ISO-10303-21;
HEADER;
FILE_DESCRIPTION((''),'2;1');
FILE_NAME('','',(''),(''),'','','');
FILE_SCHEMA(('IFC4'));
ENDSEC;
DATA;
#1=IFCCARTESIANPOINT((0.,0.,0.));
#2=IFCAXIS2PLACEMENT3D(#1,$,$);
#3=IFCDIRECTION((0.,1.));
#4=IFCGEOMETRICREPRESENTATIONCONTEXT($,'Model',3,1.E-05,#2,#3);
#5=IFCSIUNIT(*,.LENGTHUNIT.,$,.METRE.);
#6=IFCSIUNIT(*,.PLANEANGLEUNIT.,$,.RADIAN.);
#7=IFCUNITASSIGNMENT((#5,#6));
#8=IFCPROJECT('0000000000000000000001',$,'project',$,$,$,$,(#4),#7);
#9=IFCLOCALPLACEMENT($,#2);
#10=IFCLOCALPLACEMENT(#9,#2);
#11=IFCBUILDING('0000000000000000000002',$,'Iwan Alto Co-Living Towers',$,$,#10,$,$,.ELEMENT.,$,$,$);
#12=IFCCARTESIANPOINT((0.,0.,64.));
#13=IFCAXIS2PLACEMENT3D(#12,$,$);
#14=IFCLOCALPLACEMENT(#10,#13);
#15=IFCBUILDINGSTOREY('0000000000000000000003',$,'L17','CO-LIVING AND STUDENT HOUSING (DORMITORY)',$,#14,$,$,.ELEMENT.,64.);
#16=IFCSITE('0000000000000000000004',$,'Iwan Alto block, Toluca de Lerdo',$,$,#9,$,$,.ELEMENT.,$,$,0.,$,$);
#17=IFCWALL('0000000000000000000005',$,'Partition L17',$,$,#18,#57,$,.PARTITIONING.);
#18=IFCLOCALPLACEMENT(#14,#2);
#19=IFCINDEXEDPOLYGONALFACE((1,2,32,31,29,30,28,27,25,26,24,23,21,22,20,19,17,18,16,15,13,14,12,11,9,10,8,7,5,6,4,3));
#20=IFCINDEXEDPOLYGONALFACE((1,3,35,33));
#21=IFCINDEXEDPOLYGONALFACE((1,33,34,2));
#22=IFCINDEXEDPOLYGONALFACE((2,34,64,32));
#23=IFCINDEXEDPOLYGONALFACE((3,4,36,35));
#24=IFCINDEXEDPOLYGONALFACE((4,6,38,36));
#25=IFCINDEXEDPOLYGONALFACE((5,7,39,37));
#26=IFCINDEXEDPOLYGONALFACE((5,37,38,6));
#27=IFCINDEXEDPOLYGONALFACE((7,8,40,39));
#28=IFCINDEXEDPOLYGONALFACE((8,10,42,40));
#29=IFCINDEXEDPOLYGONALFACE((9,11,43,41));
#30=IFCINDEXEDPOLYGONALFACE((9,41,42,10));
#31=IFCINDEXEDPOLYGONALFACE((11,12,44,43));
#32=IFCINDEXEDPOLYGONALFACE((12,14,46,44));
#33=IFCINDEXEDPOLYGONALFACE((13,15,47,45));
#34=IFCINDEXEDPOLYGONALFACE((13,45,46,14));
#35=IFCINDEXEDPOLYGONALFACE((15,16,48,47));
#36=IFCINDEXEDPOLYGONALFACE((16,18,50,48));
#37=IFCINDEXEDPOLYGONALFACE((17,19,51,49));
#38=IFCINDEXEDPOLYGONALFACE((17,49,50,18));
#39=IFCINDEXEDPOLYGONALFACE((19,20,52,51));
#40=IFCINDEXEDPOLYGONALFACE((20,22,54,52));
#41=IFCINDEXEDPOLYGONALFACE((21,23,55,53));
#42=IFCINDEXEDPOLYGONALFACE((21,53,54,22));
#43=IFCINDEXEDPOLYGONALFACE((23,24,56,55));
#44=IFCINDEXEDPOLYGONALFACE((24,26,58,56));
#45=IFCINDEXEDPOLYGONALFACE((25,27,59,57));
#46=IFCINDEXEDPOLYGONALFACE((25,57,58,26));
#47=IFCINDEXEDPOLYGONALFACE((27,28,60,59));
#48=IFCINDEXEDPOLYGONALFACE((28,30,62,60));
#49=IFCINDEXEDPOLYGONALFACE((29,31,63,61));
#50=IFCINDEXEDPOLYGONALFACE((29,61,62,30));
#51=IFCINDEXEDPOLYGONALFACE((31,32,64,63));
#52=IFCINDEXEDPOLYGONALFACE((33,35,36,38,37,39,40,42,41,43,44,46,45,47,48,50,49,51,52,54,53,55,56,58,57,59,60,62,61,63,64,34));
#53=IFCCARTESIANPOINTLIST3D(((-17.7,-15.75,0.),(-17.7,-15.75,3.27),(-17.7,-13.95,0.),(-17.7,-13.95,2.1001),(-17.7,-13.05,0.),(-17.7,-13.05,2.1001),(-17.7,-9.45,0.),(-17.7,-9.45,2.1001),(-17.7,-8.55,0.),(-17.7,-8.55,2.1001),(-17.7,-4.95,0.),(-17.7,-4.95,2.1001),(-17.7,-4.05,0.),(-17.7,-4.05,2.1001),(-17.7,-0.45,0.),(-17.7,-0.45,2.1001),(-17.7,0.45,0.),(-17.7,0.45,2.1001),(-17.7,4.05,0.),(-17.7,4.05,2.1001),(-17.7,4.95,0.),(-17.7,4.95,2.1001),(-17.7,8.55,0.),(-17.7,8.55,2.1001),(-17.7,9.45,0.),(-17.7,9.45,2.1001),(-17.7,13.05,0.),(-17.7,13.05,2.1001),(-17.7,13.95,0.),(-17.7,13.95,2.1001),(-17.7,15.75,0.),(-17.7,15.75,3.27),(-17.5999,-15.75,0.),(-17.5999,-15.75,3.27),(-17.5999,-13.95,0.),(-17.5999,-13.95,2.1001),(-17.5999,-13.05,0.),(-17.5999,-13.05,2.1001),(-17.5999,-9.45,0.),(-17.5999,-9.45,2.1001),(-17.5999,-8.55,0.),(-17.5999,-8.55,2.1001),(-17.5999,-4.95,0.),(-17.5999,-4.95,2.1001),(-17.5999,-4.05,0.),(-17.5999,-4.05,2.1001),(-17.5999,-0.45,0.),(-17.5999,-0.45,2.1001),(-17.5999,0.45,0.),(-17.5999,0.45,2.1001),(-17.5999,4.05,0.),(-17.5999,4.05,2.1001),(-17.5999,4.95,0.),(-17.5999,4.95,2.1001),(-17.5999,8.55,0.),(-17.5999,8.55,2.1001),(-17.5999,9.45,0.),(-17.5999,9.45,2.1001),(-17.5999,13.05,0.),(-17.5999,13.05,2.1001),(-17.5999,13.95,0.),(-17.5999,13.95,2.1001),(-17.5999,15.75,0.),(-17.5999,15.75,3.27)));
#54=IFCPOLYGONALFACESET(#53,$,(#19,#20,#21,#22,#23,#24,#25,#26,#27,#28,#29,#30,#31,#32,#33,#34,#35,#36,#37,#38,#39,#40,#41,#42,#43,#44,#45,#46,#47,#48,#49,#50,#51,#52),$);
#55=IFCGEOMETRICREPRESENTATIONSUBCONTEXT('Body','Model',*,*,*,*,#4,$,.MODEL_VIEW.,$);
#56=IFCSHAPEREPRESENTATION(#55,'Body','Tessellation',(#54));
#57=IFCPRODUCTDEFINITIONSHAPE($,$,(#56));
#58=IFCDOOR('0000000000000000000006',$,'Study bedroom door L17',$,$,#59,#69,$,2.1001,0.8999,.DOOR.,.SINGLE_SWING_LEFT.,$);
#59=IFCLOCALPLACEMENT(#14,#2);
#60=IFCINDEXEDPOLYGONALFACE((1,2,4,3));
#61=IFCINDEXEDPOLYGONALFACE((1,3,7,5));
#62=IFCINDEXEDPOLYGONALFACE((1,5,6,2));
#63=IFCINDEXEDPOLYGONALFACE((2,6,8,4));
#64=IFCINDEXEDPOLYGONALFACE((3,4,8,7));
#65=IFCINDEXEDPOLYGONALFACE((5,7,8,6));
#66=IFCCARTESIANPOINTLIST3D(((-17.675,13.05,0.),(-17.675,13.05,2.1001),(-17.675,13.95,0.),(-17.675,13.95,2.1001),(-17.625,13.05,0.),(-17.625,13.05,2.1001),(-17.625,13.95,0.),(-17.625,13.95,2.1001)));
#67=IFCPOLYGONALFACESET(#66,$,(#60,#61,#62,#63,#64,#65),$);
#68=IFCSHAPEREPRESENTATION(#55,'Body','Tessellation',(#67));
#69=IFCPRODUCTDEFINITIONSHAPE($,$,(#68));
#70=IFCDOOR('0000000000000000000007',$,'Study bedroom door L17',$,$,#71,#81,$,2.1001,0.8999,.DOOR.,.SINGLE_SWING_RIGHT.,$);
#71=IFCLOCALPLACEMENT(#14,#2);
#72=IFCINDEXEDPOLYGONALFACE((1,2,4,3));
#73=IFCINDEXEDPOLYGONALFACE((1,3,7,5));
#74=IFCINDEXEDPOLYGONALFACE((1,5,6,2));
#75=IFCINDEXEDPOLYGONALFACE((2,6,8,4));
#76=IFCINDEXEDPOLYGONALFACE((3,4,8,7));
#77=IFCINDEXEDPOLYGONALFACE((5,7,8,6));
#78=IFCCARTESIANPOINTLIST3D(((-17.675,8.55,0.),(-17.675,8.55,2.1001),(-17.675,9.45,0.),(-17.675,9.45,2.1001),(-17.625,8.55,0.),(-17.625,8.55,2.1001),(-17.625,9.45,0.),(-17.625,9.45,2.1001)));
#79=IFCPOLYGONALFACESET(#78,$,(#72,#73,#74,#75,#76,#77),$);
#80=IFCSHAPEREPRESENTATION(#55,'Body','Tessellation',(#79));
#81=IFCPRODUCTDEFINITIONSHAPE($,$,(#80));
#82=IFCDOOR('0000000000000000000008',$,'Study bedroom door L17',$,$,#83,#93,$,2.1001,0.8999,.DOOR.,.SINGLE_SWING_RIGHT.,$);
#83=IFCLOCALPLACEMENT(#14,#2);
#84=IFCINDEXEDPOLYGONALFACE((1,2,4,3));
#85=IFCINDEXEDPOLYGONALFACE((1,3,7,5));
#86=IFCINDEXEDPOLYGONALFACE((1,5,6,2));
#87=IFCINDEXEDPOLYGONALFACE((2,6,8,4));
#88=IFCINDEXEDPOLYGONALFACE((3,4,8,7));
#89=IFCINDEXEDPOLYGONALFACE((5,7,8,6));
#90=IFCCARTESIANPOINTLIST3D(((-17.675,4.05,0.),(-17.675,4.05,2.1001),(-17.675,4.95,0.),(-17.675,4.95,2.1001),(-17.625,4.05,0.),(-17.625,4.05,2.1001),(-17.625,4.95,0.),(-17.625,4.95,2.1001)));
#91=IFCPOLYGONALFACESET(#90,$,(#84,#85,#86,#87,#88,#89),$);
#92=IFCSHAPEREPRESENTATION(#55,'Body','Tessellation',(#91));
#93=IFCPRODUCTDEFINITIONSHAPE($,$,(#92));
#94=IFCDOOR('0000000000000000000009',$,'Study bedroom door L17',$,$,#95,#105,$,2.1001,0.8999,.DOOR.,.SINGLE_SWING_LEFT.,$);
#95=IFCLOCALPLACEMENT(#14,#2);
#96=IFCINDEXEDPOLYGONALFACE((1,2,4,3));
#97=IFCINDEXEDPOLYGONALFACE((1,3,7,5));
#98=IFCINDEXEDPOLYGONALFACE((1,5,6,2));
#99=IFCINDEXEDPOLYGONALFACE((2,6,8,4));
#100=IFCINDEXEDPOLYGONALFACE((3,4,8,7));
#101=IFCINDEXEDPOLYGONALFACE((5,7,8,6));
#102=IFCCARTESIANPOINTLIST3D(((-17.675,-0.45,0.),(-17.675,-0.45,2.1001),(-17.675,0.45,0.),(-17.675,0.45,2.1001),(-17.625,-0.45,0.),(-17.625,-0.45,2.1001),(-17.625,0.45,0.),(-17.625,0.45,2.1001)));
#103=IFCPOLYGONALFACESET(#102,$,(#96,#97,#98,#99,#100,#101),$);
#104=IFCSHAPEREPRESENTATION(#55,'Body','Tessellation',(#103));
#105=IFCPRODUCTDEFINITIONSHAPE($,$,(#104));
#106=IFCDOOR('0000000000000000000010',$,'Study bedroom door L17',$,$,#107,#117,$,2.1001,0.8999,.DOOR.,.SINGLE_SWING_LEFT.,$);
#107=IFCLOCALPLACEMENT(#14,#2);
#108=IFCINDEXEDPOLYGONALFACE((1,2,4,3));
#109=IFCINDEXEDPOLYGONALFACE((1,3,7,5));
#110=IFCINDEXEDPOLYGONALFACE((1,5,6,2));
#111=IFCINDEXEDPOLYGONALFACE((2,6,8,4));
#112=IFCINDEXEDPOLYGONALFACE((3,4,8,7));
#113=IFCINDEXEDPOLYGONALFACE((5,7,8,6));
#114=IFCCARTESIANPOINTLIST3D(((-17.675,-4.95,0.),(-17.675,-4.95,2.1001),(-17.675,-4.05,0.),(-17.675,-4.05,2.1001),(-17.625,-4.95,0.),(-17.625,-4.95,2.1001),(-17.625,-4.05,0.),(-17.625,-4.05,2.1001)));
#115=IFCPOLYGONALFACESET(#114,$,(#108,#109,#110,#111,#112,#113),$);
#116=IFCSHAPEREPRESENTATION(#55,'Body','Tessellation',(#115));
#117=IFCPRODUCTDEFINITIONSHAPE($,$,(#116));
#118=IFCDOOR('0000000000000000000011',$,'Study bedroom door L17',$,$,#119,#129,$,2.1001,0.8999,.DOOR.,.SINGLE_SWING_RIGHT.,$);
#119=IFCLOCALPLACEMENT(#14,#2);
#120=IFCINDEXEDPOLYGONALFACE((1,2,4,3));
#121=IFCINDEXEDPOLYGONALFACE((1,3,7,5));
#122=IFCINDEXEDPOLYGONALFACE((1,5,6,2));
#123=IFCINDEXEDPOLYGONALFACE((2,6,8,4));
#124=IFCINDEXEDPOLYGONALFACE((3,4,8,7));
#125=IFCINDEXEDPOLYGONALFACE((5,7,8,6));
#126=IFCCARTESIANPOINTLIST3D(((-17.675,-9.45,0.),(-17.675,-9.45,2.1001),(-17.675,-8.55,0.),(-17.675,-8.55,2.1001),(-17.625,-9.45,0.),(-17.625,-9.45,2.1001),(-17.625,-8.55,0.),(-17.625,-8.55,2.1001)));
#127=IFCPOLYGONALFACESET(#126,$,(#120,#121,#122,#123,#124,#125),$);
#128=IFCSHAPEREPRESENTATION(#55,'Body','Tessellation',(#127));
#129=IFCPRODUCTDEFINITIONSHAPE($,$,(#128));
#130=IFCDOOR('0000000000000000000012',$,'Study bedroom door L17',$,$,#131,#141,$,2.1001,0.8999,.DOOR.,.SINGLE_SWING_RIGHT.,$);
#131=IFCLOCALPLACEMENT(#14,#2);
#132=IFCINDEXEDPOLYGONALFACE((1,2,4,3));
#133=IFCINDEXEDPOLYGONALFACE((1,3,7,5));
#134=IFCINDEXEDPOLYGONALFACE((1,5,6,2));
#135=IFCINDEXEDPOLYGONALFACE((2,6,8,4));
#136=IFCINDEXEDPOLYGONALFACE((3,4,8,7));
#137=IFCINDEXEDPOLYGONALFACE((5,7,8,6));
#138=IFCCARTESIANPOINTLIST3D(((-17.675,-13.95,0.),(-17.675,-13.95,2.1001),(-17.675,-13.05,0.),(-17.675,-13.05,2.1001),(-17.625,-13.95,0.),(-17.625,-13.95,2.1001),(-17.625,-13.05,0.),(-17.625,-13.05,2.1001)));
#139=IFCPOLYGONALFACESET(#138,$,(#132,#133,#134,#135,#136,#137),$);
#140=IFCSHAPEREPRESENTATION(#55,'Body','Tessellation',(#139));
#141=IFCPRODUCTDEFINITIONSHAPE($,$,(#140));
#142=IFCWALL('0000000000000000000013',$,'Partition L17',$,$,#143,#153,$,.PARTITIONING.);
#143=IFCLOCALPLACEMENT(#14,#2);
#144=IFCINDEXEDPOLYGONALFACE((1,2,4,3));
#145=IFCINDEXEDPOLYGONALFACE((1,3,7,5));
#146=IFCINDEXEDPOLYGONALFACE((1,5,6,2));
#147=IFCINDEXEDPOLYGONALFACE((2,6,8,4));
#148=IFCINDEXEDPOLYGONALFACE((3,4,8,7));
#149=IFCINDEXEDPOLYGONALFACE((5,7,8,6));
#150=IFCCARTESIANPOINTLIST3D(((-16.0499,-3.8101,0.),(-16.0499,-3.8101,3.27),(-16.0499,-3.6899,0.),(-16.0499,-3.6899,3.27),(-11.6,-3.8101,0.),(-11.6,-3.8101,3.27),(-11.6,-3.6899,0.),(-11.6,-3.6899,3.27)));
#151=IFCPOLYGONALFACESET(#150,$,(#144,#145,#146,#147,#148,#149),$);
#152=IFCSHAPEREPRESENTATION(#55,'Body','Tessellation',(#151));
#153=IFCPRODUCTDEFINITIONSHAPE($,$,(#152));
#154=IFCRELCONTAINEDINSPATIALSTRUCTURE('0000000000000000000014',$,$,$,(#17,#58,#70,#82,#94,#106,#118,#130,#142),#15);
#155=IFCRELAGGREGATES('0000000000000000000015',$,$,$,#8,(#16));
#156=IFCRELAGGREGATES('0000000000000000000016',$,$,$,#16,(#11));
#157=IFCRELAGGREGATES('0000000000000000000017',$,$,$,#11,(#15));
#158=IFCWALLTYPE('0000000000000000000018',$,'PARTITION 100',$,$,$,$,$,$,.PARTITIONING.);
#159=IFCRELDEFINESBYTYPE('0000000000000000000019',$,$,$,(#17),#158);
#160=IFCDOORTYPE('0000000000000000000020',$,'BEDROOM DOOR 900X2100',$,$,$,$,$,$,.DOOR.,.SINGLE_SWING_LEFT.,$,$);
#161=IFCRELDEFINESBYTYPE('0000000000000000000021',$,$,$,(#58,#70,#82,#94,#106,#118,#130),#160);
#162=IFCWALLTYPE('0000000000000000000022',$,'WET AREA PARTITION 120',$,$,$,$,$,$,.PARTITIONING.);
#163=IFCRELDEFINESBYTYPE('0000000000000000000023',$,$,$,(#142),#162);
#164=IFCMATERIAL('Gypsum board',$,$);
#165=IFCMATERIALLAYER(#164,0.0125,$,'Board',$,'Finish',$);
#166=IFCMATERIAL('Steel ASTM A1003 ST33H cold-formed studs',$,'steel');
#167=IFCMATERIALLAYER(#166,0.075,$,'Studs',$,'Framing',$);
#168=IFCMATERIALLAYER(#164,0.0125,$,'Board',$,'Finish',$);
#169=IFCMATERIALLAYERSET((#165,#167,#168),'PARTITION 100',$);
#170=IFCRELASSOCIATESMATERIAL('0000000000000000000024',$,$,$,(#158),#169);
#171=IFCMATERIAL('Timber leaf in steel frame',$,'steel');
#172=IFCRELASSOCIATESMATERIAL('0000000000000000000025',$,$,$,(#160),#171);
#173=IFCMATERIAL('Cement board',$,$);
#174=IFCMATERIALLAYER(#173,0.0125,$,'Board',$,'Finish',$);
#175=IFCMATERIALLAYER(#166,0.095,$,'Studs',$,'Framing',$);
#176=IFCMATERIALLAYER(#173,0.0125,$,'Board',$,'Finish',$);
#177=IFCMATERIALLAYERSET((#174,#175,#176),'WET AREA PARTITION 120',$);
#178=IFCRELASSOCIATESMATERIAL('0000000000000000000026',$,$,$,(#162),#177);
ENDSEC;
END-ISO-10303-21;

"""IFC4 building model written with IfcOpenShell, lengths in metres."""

from ifc_helpers import new_model, si_unit, direction, frame, frame_2d, origin, place, context, subcontext, project, spatial, rectangle, extrude, material, layer, layer_set, type_object, element, fill, save


model = new_model("IFC4")

# Units and contexts
model_context = context("Model", 3, precision=1e-05, world=origin(), true_north=direction((0.0, 1.0)))
body_context = subcontext(model_context, "Body", "Model", "MODEL_VIEW")
ifc_project = project(units=[si_unit("LENGTHUNIT", "METRE"), si_unit("PLANEANGLEUNIT", "RADIAN")], contexts=[model_context])

# Site, building, storey
site_placement = place(None, origin())
site = spatial("IfcSite", under=ifc_project, at=site_placement, Name="Iwan Alto block, Toluca de Lerdo", CompositionType="ELEMENT", RefElevation=0.0)
building_placement = place(site_placement, origin())
building = spatial("IfcBuilding", under=site, at=building_placement, Name="Iwan Alto Co-Living Towers", CompositionType="ELEMENT")
storey_placement = place(building_placement, frame((0.0, 0.0, 64.0)))
storey = spatial("IfcBuildingStorey", under=building, at=storey_placement, Name="L17", Description="CO-LIVING AND STUDENT HOUSING (DORMITORY)", CompositionType="ELEMENT", Elevation=64.0)

# Shared definitions
ifc_material_1 = material(Name="Gypsum board")
ifc_layer_1 = layer(ifc_material_1, 0.0125, Name="Board", Category="Finish")
ifc_material_2 = material(Name="Steel ASTM A1003 ST33H cold-formed studs", Category="steel")
ifc_layer_2 = layer(ifc_material_2, 0.075, Name="Studs", Category="Framing")
ifc_layer_3 = layer(ifc_material_1, 0.0125, Name="Board", Category="Finish")
ifc_layer_set_1 = layer_set([ifc_layer_1, ifc_layer_2, ifc_layer_3], Name="PARTITION 100")
wall_type_1 = type_object("IfcWallType", Name="PARTITION 100", PredefinedType="PARTITIONING", material=ifc_layer_set_1)

# Wall, openings, doors
wall_1_placement = place(storey_placement, frame((-17.6499, -15.75, 0.0), z_axis=(0.0, 0.0, 1.0), x_axis=(0.0, 1.0, 0.0)))
wall_1 = element("IfcWall", 1, at=wall_1_placement, inside=storey, type_object=wall_type_1, Name="Partition L17", PredefinedType="PARTITIONING", context=body_context, shape_type="SweptSolid", body=[
    extrude(rectangle(XDim=31.5, YDim=0.1001, at=frame_2d((15.75, 0.0))), origin(), (0.0, 0.0, 1.0), 3.27),
])
opening_1_placement = place(wall_1_placement, frame((28.8, 0.0, 0.0)))
opening_1 = element("IfcOpeningElement", 2, at=opening_1_placement, cuts=wall_1, PredefinedType="OPENING", context=body_context, shape_type="SweptSolid", body=[
    extrude(rectangle(XDim=0.8999, YDim=2.1001, at=frame_2d((0.45, 1.05))), frame((0.0, 0.0601, 0.0), z_axis=(0.0, -1.0, 0.0), x_axis=(1.0, 0.0, 0.0)), (0.0, 0.0, 1.0), 0.1201),
])
opening_2_placement = place(wall_1_placement, frame((24.3, 0.0, 0.0)))
opening_2 = element("IfcOpeningElement", 3, at=opening_2_placement, cuts=wall_1, PredefinedType="OPENING", context=body_context, shape_type="SweptSolid", body=[
    extrude(rectangle(XDim=0.8999, YDim=2.1001, at=frame_2d((0.45, 1.05))), frame((0.0, 0.0601, 0.0), z_axis=(0.0, -1.0, 0.0), x_axis=(1.0, 0.0, 0.0)), (0.0, 0.0, 1.0), 0.1201),
])
opening_3_placement = place(wall_1_placement, frame((19.8, 0.0, 0.0)))
opening_3 = element("IfcOpeningElement", 4, at=opening_3_placement, cuts=wall_1, PredefinedType="OPENING", context=body_context, shape_type="SweptSolid", body=[
    extrude(rectangle(XDim=0.8999, YDim=2.1001, at=frame_2d((0.45, 1.05))), frame((0.0, 0.0601, 0.0), z_axis=(0.0, -1.0, 0.0), x_axis=(1.0, 0.0, 0.0)), (0.0, 0.0, 1.0), 0.1201),
])
opening_4_placement = place(wall_1_placement, frame((15.3, 0.0, 0.0)))
opening_4 = element("IfcOpeningElement", 5, at=opening_4_placement, cuts=wall_1, PredefinedType="OPENING", context=body_context, shape_type="SweptSolid", body=[
    extrude(rectangle(XDim=0.8999, YDim=2.1001, at=frame_2d((0.45, 1.05))), frame((0.0, 0.0601, 0.0), z_axis=(0.0, -1.0, 0.0), x_axis=(1.0, 0.0, 0.0)), (0.0, 0.0, 1.0), 0.1201),
])
opening_5_placement = place(wall_1_placement, frame((10.8, 0.0, 0.0)))
opening_5 = element("IfcOpeningElement", 6, at=opening_5_placement, cuts=wall_1, PredefinedType="OPENING", context=body_context, shape_type="SweptSolid", body=[
    extrude(rectangle(XDim=0.8999, YDim=2.1001, at=frame_2d((0.45, 1.05))), frame((0.0, 0.0601, 0.0), z_axis=(0.0, -1.0, 0.0), x_axis=(1.0, 0.0, 0.0)), (0.0, 0.0, 1.0), 0.1201),
])
opening_6_placement = place(wall_1_placement, frame((6.3, 0.0, 0.0)))
opening_6 = element("IfcOpeningElement", 7, at=opening_6_placement, cuts=wall_1, PredefinedType="OPENING", context=body_context, shape_type="SweptSolid", body=[
    extrude(rectangle(XDim=0.8999, YDim=2.1001, at=frame_2d((0.45, 1.05))), frame((0.0, 0.0601, 0.0), z_axis=(0.0, -1.0, 0.0), x_axis=(1.0, 0.0, 0.0)), (0.0, 0.0, 1.0), 0.1201),
])
opening_7_placement = place(wall_1_placement, frame((1.8, 0.0, 0.0)))
opening_7 = element("IfcOpeningElement", 8, at=opening_7_placement, cuts=wall_1, PredefinedType="OPENING", context=body_context, shape_type="SweptSolid", body=[
    extrude(rectangle(XDim=0.8999, YDim=2.1001, at=frame_2d((0.45, 1.05))), frame((0.0, 0.0601, 0.0), z_axis=(0.0, -1.0, 0.0), x_axis=(1.0, 0.0, 0.0)), (0.0, 0.0, 1.0), 0.1201),
])
ifc_material_3 = material(Name="Timber leaf in steel frame", Category="steel")
door_type_1 = type_object("IfcDoorType", Name="BEDROOM DOOR 900X2100", OperationType="SINGLE_SWING_LEFT", PredefinedType="DOOR", material=ifc_material_3)
door_1_placement = place(opening_1_placement, frame((0.8999, 0.0, 0.0), z_axis=(0.0, 0.0, 1.0), x_axis=(-1.0, 0.0, 0.0)))
door_1 = element("IfcDoor", 9, at=door_1_placement, inside=storey, type_object=door_type_1, Name="Study bedroom door L17", OperationType="SINGLE_SWING_LEFT", OverallHeight=2.1001, OverallWidth=0.8999, PredefinedType="DOOR", context=body_context, shape_type="SweptSolid", body=[
    extrude(rectangle(XDim=0.8999, YDim=2.1001, at=frame_2d((0.45, 1.05))), frame((0.0, 0.0249, 0.0), z_axis=(0.0, -1.0, 0.0), x_axis=(1.0, 0.0, 0.0)), (0.0, 0.0, 1.0), 0.05),
])
fill(opening_1, door_1)
door_2_placement = place(opening_2_placement, frame((0.8999, 0.0, 0.0), z_axis=(0.0, 0.0, 1.0), x_axis=(-1.0, 0.0, 0.0)))
door_2 = element("IfcDoor", 10, at=door_2_placement, inside=storey, type_object=door_type_1, Name="Study bedroom door L17", OperationType="SINGLE_SWING_RIGHT", OverallHeight=2.1001, OverallWidth=0.8999, PredefinedType="DOOR", context=body_context, shape_type="SweptSolid", body=[
    extrude(rectangle(XDim=0.8999, YDim=2.1001, at=frame_2d((0.45, 1.05))), frame((0.0, 0.0249, 0.0), z_axis=(0.0, -1.0, 0.0), x_axis=(1.0, 0.0, 0.0)), (0.0, 0.0, 1.0), 0.05),
])
fill(opening_2, door_2)
door_3_placement = place(opening_3_placement, frame((0.8999, 0.0, 0.0), z_axis=(0.0, 0.0, 1.0), x_axis=(-1.0, 0.0, 0.0)))
door_3 = element("IfcDoor", 11, at=door_3_placement, inside=storey, type_object=door_type_1, Name="Study bedroom door L17", OperationType="SINGLE_SWING_RIGHT", OverallHeight=2.1001, OverallWidth=0.8999, PredefinedType="DOOR", context=body_context, shape_type="SweptSolid", body=[
    extrude(rectangle(XDim=0.8999, YDim=2.1001, at=frame_2d((0.45, 1.05))), frame((0.0, 0.0249, 0.0), z_axis=(0.0, -1.0, 0.0), x_axis=(1.0, 0.0, 0.0)), (0.0, 0.0, 1.0), 0.05),
])
fill(opening_3, door_3)
door_4_placement = place(opening_4_placement, frame((0.8999, 0.0, 0.0), z_axis=(0.0, 0.0, 1.0), x_axis=(-1.0, 0.0, 0.0)))
door_4 = element("IfcDoor", 12, at=door_4_placement, inside=storey, type_object=door_type_1, Name="Study bedroom door L17", OperationType="SINGLE_SWING_LEFT", OverallHeight=2.1001, OverallWidth=0.8999, PredefinedType="DOOR", context=body_context, shape_type="SweptSolid", body=[
    extrude(rectangle(XDim=0.8999, YDim=2.1001, at=frame_2d((0.45, 1.05))), frame((0.0, 0.0249, 0.0), z_axis=(0.0, -1.0, 0.0), x_axis=(1.0, 0.0, 0.0)), (0.0, 0.0, 1.0), 0.05),
])
fill(opening_4, door_4)
door_5_placement = place(opening_5_placement, frame((0.8999, 0.0, 0.0), z_axis=(0.0, 0.0, 1.0), x_axis=(-1.0, 0.0, 0.0)))
door_5 = element("IfcDoor", 13, at=door_5_placement, inside=storey, type_object=door_type_1, Name="Study bedroom door L17", OperationType="SINGLE_SWING_LEFT", OverallHeight=2.1001, OverallWidth=0.8999, PredefinedType="DOOR", context=body_context, shape_type="SweptSolid", body=[
    extrude(rectangle(XDim=0.8999, YDim=2.1001, at=frame_2d((0.45, 1.05))), frame((0.0, 0.0249, 0.0), z_axis=(0.0, -1.0, 0.0), x_axis=(1.0, 0.0, 0.0)), (0.0, 0.0, 1.0), 0.05),
])
fill(opening_5, door_5)
door_6_placement = place(opening_6_placement, frame((0.8999, 0.0, 0.0), z_axis=(0.0, 0.0, 1.0), x_axis=(-1.0, 0.0, 0.0)))
door_6 = element("IfcDoor", 14, at=door_6_placement, inside=storey, type_object=door_type_1, Name="Study bedroom door L17", OperationType="SINGLE_SWING_RIGHT", OverallHeight=2.1001, OverallWidth=0.8999, PredefinedType="DOOR", context=body_context, shape_type="SweptSolid", body=[
    extrude(rectangle(XDim=0.8999, YDim=2.1001, at=frame_2d((0.45, 1.05))), frame((0.0, 0.0249, 0.0), z_axis=(0.0, -1.0, 0.0), x_axis=(1.0, 0.0, 0.0)), (0.0, 0.0, 1.0), 0.05),
])
fill(opening_6, door_6)
door_7_placement = place(opening_7_placement, frame((0.8999, 0.0, 0.0), z_axis=(0.0, 0.0, 1.0), x_axis=(-1.0, 0.0, 0.0)))
door_7 = element("IfcDoor", 15, at=door_7_placement, inside=storey, type_object=door_type_1, Name="Study bedroom door L17", OperationType="SINGLE_SWING_RIGHT", OverallHeight=2.1001, OverallWidth=0.8999, PredefinedType="DOOR", context=body_context, shape_type="SweptSolid", body=[
    extrude(rectangle(XDim=0.8999, YDim=2.1001, at=frame_2d((0.45, 1.05))), frame((0.0, 0.0249, 0.0), z_axis=(0.0, -1.0, 0.0), x_axis=(1.0, 0.0, 0.0)), (0.0, 0.0, 1.0), 0.05),
])
fill(opening_7, door_7)

# Wall
ifc_material_4 = material(Name="Cement board")
ifc_layer_4 = layer(ifc_material_4, 0.0125, Name="Board", Category="Finish")
ifc_layer_5 = layer(ifc_material_2, 0.095, Name="Studs", Category="Framing")
ifc_layer_6 = layer(ifc_material_4, 0.0125, Name="Board", Category="Finish")
ifc_layer_set_2 = layer_set([ifc_layer_4, ifc_layer_5, ifc_layer_6], Name="WET AREA PARTITION 120")
wall_type_2 = type_object("IfcWallType", Name="WET AREA PARTITION 120", PredefinedType="PARTITIONING", material=ifc_layer_set_2)
wall_2_placement = place(storey_placement, frame((-16.05, -3.75, 0.0), z_axis=(0.0, 0.0, 1.0), x_axis=(1.0, 0.0, 0.0)))
element("IfcWall", 16, at=wall_2_placement, inside=storey, type_object=wall_type_2, Name="Partition L17", PredefinedType="PARTITIONING", context=body_context, shape_type="SweptSolid", body=[
    extrude(rectangle(XDim=4.45, YDim=0.1201, at=frame_2d((2.2251, 0.0))), origin(), (0.0, 0.0, 1.0), 3.27),
])

save(model, "model.ifc")
